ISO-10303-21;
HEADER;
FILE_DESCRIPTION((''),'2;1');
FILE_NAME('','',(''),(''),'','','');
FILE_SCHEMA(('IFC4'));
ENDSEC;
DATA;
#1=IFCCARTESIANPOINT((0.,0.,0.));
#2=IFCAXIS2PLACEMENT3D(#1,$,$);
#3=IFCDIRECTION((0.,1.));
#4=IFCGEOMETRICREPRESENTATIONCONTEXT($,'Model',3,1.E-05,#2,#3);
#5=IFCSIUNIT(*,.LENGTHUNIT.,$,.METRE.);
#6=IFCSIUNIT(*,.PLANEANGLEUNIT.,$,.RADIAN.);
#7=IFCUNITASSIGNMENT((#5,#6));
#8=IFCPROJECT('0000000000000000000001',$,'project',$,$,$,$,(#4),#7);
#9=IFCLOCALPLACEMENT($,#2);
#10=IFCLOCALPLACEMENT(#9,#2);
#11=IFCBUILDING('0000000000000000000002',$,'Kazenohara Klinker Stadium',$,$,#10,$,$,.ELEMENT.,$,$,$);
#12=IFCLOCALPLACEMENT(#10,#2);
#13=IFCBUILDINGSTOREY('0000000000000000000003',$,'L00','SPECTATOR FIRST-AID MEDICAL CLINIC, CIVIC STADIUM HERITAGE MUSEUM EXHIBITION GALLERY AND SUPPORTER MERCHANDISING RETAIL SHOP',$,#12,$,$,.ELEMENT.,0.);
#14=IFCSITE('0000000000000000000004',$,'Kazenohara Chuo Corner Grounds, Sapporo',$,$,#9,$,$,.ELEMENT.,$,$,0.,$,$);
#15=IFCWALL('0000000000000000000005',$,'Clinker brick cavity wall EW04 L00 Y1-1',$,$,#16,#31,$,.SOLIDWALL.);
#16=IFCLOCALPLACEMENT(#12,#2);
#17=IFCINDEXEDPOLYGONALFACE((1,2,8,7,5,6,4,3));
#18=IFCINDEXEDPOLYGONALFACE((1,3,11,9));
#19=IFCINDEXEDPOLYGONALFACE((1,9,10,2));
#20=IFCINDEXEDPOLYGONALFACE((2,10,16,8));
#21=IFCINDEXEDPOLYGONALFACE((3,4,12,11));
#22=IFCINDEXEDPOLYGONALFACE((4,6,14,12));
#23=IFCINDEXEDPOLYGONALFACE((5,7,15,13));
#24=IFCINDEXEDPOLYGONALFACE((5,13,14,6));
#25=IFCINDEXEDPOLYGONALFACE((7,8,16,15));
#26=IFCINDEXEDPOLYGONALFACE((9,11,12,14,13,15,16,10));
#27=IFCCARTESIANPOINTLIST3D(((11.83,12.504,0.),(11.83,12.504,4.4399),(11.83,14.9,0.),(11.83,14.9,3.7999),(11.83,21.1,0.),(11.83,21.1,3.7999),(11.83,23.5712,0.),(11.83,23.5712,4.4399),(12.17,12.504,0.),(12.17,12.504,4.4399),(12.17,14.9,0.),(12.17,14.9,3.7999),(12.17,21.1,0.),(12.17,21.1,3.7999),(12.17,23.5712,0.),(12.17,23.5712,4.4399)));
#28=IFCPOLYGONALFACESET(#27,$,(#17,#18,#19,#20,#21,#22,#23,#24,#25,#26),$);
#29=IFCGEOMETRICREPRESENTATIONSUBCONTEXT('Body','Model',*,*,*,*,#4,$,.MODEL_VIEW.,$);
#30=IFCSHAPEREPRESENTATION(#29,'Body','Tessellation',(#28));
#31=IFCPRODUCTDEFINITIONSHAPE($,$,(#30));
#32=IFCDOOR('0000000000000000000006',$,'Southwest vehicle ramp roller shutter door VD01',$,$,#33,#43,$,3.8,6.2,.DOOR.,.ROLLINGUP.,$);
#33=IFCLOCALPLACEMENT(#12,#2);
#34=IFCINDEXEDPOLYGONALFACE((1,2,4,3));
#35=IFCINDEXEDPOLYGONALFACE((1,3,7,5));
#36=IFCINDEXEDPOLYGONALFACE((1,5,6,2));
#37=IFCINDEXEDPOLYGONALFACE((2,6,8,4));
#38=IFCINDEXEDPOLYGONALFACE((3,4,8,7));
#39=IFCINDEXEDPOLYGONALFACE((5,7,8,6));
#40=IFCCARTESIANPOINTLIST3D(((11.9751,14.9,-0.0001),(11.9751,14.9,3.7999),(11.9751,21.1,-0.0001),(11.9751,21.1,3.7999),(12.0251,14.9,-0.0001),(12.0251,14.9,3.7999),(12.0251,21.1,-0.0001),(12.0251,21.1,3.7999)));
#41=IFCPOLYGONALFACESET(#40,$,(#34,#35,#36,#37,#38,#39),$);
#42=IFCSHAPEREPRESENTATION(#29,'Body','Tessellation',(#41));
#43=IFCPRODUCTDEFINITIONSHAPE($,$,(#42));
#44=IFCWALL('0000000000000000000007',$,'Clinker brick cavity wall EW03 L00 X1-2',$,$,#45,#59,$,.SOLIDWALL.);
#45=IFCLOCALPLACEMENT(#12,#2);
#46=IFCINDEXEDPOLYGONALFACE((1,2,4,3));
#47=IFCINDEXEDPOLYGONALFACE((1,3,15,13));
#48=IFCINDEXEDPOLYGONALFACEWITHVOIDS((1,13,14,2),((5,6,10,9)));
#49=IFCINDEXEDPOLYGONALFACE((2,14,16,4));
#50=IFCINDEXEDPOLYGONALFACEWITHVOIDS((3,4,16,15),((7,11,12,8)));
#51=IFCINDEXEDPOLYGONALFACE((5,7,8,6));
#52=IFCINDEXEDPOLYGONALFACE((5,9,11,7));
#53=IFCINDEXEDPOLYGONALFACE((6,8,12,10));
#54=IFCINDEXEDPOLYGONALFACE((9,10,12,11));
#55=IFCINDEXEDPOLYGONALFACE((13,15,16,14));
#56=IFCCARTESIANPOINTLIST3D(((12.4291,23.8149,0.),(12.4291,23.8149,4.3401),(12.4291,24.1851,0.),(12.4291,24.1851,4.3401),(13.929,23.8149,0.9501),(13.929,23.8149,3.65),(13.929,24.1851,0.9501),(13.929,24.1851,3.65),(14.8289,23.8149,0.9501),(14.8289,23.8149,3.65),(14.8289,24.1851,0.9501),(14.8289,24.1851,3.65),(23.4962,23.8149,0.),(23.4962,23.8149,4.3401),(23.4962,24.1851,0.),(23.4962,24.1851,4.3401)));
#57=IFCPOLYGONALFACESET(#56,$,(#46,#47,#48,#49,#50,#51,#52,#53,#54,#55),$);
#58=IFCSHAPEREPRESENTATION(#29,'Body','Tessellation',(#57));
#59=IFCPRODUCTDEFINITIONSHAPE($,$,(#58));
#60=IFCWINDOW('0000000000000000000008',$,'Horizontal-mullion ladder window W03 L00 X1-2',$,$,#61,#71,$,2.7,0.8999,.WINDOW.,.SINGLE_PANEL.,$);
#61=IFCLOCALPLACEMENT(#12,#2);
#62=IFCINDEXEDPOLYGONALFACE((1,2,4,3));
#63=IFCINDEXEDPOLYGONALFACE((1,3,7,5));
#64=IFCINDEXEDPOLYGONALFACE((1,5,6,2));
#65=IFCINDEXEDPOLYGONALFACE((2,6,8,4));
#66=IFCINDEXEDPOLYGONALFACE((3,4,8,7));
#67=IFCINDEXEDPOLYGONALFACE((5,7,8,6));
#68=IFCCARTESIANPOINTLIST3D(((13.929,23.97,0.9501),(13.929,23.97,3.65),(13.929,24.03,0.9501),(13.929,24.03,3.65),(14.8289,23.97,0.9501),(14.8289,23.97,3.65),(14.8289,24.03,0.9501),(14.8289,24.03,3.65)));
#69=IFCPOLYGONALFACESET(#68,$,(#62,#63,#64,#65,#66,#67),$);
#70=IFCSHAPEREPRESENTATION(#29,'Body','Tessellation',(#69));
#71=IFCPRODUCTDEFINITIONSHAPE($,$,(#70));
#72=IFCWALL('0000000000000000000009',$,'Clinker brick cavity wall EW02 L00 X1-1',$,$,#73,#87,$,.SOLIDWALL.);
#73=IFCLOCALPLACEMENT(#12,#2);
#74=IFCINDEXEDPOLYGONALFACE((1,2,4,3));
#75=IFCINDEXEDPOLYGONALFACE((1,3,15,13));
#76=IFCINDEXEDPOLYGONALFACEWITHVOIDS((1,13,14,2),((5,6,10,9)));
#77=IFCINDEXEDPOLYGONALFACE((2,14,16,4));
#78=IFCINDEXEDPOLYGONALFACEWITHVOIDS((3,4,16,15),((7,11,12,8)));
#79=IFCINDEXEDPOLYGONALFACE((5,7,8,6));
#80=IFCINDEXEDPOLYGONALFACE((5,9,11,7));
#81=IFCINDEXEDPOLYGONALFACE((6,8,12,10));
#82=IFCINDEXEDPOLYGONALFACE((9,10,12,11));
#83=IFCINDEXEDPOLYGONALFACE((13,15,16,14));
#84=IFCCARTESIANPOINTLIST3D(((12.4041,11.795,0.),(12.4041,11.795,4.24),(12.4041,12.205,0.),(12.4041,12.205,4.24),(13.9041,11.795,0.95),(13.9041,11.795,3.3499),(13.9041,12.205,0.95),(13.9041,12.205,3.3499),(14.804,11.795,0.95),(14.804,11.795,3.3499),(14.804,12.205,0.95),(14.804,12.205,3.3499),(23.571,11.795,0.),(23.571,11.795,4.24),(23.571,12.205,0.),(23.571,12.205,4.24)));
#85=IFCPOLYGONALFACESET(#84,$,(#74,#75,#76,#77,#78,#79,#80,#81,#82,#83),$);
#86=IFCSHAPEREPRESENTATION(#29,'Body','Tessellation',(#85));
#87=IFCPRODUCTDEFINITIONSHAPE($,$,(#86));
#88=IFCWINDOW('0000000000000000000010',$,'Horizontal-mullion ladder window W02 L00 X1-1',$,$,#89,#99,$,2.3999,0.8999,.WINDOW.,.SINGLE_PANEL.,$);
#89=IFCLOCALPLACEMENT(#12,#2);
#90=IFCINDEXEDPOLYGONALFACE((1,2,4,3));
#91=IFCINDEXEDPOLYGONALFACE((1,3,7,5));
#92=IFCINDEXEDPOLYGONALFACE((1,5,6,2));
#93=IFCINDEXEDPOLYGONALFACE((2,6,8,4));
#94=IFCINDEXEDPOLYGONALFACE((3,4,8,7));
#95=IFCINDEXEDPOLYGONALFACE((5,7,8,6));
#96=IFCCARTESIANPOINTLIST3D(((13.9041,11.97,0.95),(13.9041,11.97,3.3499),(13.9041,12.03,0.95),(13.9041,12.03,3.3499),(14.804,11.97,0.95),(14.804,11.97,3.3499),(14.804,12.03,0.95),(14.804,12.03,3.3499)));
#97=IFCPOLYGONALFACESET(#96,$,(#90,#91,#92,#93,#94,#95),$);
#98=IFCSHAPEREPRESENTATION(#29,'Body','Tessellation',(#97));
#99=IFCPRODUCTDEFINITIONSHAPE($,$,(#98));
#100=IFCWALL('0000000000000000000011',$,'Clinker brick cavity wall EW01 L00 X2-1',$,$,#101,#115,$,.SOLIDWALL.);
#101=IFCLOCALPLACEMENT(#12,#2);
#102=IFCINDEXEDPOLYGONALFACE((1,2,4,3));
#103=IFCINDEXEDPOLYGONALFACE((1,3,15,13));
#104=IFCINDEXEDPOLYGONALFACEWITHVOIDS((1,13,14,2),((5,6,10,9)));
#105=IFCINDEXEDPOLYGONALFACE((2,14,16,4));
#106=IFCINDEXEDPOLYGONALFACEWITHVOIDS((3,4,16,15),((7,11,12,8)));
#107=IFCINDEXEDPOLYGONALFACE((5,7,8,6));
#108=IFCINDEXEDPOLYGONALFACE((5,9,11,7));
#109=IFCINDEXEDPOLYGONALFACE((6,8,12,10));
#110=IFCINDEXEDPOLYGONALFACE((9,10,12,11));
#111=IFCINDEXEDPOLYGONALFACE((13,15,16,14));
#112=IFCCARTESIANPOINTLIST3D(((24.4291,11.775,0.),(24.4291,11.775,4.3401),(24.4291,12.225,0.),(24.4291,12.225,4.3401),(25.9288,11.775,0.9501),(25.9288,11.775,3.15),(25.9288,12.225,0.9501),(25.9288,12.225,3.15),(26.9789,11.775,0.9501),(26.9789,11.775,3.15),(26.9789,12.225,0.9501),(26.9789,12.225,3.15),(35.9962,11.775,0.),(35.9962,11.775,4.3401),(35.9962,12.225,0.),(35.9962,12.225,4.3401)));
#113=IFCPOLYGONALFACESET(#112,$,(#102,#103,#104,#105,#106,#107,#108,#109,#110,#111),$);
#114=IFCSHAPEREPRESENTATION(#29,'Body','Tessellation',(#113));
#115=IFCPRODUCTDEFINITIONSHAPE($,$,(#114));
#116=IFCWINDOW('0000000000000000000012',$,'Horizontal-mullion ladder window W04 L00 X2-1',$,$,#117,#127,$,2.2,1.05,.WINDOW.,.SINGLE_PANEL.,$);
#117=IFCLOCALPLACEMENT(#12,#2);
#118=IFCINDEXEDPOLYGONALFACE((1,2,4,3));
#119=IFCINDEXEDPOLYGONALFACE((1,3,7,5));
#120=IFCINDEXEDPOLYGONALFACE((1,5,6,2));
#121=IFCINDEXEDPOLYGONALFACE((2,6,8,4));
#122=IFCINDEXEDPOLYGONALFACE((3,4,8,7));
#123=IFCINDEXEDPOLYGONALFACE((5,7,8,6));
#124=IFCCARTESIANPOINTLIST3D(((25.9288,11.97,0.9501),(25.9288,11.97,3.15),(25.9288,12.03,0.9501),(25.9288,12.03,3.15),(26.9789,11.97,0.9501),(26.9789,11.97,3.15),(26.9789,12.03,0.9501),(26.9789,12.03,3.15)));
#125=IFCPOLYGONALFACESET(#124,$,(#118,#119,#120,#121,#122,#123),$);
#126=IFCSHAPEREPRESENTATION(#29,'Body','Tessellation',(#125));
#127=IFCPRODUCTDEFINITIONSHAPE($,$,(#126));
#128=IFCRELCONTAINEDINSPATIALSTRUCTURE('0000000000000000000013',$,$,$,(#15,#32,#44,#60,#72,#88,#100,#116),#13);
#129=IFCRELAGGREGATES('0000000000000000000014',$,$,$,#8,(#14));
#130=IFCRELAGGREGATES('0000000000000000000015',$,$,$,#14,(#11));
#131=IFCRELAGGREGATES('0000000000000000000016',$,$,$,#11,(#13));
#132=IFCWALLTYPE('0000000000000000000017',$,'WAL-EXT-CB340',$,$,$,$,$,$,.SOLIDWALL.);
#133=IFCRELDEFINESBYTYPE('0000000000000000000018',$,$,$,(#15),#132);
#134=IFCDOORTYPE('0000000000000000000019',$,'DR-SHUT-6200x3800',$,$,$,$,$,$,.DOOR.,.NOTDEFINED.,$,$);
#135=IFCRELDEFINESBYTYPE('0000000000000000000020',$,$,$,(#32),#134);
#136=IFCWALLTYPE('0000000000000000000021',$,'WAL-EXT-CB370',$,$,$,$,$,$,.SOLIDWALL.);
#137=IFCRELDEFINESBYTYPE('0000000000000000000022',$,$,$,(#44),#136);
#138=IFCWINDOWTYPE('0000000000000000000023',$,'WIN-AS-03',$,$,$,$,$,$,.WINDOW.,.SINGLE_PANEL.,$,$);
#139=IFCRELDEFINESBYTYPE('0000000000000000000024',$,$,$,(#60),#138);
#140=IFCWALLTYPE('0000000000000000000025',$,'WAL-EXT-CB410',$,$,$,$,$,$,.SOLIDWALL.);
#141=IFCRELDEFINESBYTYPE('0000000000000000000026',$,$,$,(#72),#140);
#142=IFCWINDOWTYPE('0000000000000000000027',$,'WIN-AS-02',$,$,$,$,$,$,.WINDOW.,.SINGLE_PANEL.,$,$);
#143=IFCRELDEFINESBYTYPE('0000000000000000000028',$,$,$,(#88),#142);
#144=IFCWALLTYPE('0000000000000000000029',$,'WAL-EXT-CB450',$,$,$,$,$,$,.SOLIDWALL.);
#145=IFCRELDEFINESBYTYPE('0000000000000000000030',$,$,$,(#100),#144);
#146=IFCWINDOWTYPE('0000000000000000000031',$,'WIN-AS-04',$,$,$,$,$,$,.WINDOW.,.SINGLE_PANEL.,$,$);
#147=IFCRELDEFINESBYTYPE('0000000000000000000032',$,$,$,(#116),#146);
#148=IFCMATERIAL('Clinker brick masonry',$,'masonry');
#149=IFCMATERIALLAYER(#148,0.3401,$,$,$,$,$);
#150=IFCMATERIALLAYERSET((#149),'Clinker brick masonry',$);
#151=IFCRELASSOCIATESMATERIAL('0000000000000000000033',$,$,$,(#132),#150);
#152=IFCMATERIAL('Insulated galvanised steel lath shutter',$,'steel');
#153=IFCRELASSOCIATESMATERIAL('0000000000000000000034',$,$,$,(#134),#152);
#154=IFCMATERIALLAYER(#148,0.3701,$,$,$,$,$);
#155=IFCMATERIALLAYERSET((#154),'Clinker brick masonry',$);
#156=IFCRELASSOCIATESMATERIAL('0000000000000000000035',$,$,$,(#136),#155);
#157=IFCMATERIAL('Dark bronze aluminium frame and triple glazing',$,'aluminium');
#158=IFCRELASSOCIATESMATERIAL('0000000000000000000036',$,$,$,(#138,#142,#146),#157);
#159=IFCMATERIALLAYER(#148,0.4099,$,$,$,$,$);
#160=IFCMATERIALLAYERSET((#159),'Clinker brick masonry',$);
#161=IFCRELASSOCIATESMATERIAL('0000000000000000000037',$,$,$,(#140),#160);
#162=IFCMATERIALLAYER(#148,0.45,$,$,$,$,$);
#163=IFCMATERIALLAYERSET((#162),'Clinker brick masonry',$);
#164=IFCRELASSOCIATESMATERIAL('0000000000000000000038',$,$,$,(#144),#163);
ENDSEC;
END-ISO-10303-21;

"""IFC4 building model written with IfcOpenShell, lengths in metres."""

from ifc_helpers import new_model, si_unit, direction, frame, frame_2d, origin, place, context, subcontext, project, spatial, rectangle, extrude, material, layer, layer_set, type_object, element, fill, save


model = new_model("IFC4")

# Units and contexts
model_context = context("Model", 3, precision=1e-05, world=origin(), true_north=direction((0.0, 1.0)))
body_context = subcontext(model_context, "Body", "Model", "MODEL_VIEW")
ifc_project = project(units=[si_unit("LENGTHUNIT", "METRE"), si_unit("PLANEANGLEUNIT", "RADIAN")], contexts=[model_context])

# Site, building, storey
site_placement = place(None, origin())
site = spatial("IfcSite", under=ifc_project, at=site_placement, Name="Kazenohara Chuo Corner Grounds, Sapporo", CompositionType="ELEMENT", RefElevation=0.0)
building_placement = place(site_placement, origin())
building = spatial("IfcBuilding", under=site, at=building_placement, Name="Kazenohara Klinker Stadium", CompositionType="ELEMENT")
storey_placement = place(building_placement, origin())
storey = spatial("IfcBuildingStorey", under=building, at=storey_placement, Name="L00", Description="SPECTATOR FIRST-AID MEDICAL CLINIC, CIVIC STADIUM HERITAGE MUSEUM EXHIBITION GALLERY AND SUPPORTER MERCHANDISING RETAIL SHOP", CompositionType="ELEMENT", Elevation=0.0)

# Wall, opening, door
ifc_material_1 = material(Name="Clinker brick masonry", Category="masonry")
ifc_layer_1 = layer(ifc_material_1, 0.3401)
ifc_layer_set_1 = layer_set([ifc_layer_1], Name="Clinker brick masonry")
wall_type_1 = type_object("IfcWallType", Name="WAL-EXT-CB340", PredefinedType="SOLIDWALL", material=ifc_layer_set_1)
wall_1_placement = place(storey_placement, frame((12.0, 12.5039, 0.0), z_axis=(0.0, 0.0, 1.0), x_axis=(0.0, 1.0, 0.0)))
wall_1 = element("IfcWall", 1, at=wall_1_placement, inside=storey, type_object=wall_type_1, Name="Clinker brick cavity wall EW04 L00 Y1-1", PredefinedType="SOLIDWALL", context=body_context, shape_type="SweptSolid", body=[
    extrude(rectangle(XDim=11.0671, YDim=0.3401, at=frame_2d((5.5337, 0.0))), origin(), (0.0, 0.0, 1.0), 4.4399),
])
opening_1_placement = place(wall_1_placement, frame((2.396, 0.0, 0.0)))
opening_1 = element("IfcOpeningElement", 2, at=opening_1_placement, cuts=wall_1, PredefinedType="OPENING", context=body_context, shape_type="SweptSolid", body=[
    extrude(rectangle(XDim=6.2, YDim=3.8, at=frame_2d((3.1001, 1.8999))), frame((0.0, 0.1802, 0.0), z_axis=(0.0, -1.0, 0.0), x_axis=(1.0, 0.0, 0.0)), (0.0, 0.0, 1.0), 0.3601),
])
ifc_material_2 = material(Name="Insulated galvanised steel lath shutter", Category="steel")
door_type_1 = type_object("IfcDoorType", Name="DR-SHUT-6200x3800", OperationType="NOTDEFINED", PredefinedType="DOOR", material=ifc_material_2)
door_1_placement = place(opening_1_placement, origin())
door_1 = element("IfcDoor", 3, at=door_1_placement, inside=storey, type_object=door_type_1, Name="Southwest vehicle ramp roller shutter door VD01", OperationType="ROLLINGUP", OverallHeight=3.8, OverallWidth=6.2, PredefinedType="DOOR", context=body_context, shape_type="SweptSolid", body=[
    extrude(rectangle(XDim=6.2, YDim=3.8, at=frame_2d((3.1001, 1.8999))), frame((0.0, 0.0249, 0.0), z_axis=(0.0, -1.0, 0.0), x_axis=(1.0, 0.0, 0.0)), (0.0, 0.0, 1.0), 0.05),
])
fill(opening_1, door_1)

# Walls, openings, windows
ifc_layer_2 = layer(ifc_material_1, 0.3701)
ifc_layer_set_2 = layer_set([ifc_layer_2], Name="Clinker brick masonry")
wall_type_2 = type_object("IfcWallType", Name="WAL-EXT-CB370", PredefinedType="SOLIDWALL", material=ifc_layer_set_2)
wall_2_placement = place(storey_placement, frame((12.429, 24.0, 0.0), z_axis=(0.0, 0.0, 1.0), x_axis=(1.0, 0.0, 0.0)))
wall_2 = element("IfcWall", 4, at=wall_2_placement, inside=storey, type_object=wall_type_2, Name="Clinker brick cavity wall EW03 L00 X1-2", PredefinedType="SOLIDWALL", context=body_context, shape_type="SweptSolid", body=[
    extrude(rectangle(XDim=11.0671, YDim=0.3701, at=frame_2d((5.5337, 0.0))), origin(), (0.0, 0.0, 1.0), 4.3401),
])
opening_2_placement = place(wall_2_placement, frame((1.5, 0.0, 0.95)))
opening_2 = element("IfcOpeningElement", 5, at=opening_2_placement, cuts=wall_2, PredefinedType="OPENING", context=body_context, shape_type="SweptSolid", body=[
    extrude(rectangle(XDim=0.8999, YDim=2.7, at=frame_2d((0.45, 1.3501))), frame((0.0, 0.1951, 0.0), z_axis=(0.0, -1.0, 0.0), x_axis=(1.0, 0.0, 0.0)), (0.0, 0.0, 1.0), 0.3901),
])
ifc_material_3 = material(Name="Dark bronze aluminium frame and triple glazing", Category="aluminium")
window_type_1 = type_object("IfcWindowType", Name="WIN-AS-03", PartitioningType="SINGLE_PANEL", PredefinedType="WINDOW", material=ifc_material_3)
window_1_placement = place(opening_2_placement, origin())
window_1 = element("IfcWindow", 6, at=window_1_placement, inside=storey, type_object=window_type_1, Name="Horizontal-mullion ladder window W03 L00 X1-2", OverallHeight=2.7, OverallWidth=0.8999, PartitioningType="SINGLE_PANEL", PredefinedType="WINDOW", context=body_context, shape_type="SweptSolid", body=[
    extrude(rectangle(XDim=0.8999, YDim=2.7, at=frame_2d((0.45, 1.3501))), frame((0.0, 0.03, 0.0), z_axis=(0.0, -1.0, 0.0), x_axis=(1.0, 0.0, 0.0)), (0.0, 0.0, 1.0), 0.0601),
])
fill(opening_2, window_1)
ifc_layer_3 = layer(ifc_material_1, 0.4099)
ifc_layer_set_3 = layer_set([ifc_layer_3], Name="Clinker brick masonry")
wall_type_3 = type_object("IfcWallType", Name="WAL-EXT-CB410", PredefinedType="SOLIDWALL", material=ifc_layer_set_3)
wall_3_placement = place(storey_placement, frame((12.4041, 12.0, 0.0), z_axis=(0.0, 0.0, 1.0), x_axis=(1.0, 0.0, 0.0)))
wall_3 = element("IfcWall", 7, at=wall_3_placement, inside=storey, type_object=wall_type_3, Name="Clinker brick cavity wall EW02 L00 X1-1", PredefinedType="SOLIDWALL", context=body_context, shape_type="SweptSolid", body=[
    extrude(rectangle(XDim=11.167, YDim=0.4099, at=frame_2d((5.5835, 0.0))), origin(), (0.0, 0.0, 1.0), 4.24),
])
opening_3_placement = place(wall_3_placement, frame((1.5, 0.0, 0.95)))
opening_3 = element("IfcOpeningElement", 8, at=opening_3_placement, cuts=wall_3, PredefinedType="OPENING", context=body_context, shape_type="SweptSolid", body=[
    extrude(rectangle(XDim=0.8999, YDim=2.3999, at=frame_2d((0.45, 1.2))), frame((0.0, 0.2148, 0.0), z_axis=(0.0, -1.0, 0.0), x_axis=(1.0, 0.0, 0.0)), (0.0, 0.0, 1.0), 0.4299),
])
window_type_2 = type_object("IfcWindowType", Name="WIN-AS-02", PartitioningType="SINGLE_PANEL", PredefinedType="WINDOW", material=ifc_material_3)
window_2_placement = place(opening_3_placement, origin())
window_2 = element("IfcWindow", 9, at=window_2_placement, inside=storey, type_object=window_type_2, Name="Horizontal-mullion ladder window W02 L00 X1-1", OverallHeight=2.3999, OverallWidth=0.8999, PartitioningType="SINGLE_PANEL", PredefinedType="WINDOW", context=body_context, shape_type="SweptSolid", body=[
    extrude(rectangle(XDim=0.8999, YDim=2.3999, at=frame_2d((0.45, 1.2))), frame((0.0, 0.03, 0.0), z_axis=(0.0, -1.0, 0.0), x_axis=(1.0, 0.0, 0.0)), (0.0, 0.0, 1.0), 0.0601),
])
fill(opening_3, window_2)

# Wall, opening, window
ifc_layer_4 = layer(ifc_material_1, 0.45)
ifc_layer_set_4 = layer_set([ifc_layer_4], Name="Clinker brick masonry")
wall_type_4 = type_object("IfcWallType", Name="WAL-EXT-CB450", PredefinedType="SOLIDWALL", material=ifc_layer_set_4)
wall_4_placement = place(storey_placement, frame((24.429, 12.0, 0.0), z_axis=(0.0, 0.0, 1.0), x_axis=(1.0, 0.0, 0.0)))
wall_4 = element("IfcWall", 10, at=wall_4_placement, inside=storey, type_object=wall_type_4, Name="Clinker brick cavity wall EW01 L00 X2-1", PredefinedType="SOLIDWALL", context=body_context, shape_type="SweptSolid", body=[
    extrude(rectangle(XDim=11.5671, YDim=0.45, at=frame_2d((5.7837, 0.0))), origin(), (0.0, 0.0, 1.0), 4.3401),
])
opening_4_placement = place(wall_4_placement, frame((1.5, 0.0, 0.95)))
opening_4 = element("IfcOpeningElement", 11, at=opening_4_placement, cuts=wall_4, PredefinedType="OPENING", context=body_context, shape_type="SweptSolid", body=[
    extrude(rectangle(XDim=1.05, YDim=2.2, at=frame_2d((0.5249, 1.1001))), frame((0.0, 0.2349, 0.0), z_axis=(0.0, -1.0, 0.0), x_axis=(1.0, 0.0, 0.0)), (0.0, 0.0, 1.0), 0.47),
])
window_type_3 = type_object("IfcWindowType", Name="WIN-AS-04", PartitioningType="SINGLE_PANEL", PredefinedType="WINDOW", material=ifc_material_3)
window_3_placement = place(opening_4_placement, origin())
window_3 = element("IfcWindow", 12, at=window_3_placement, inside=storey, type_object=window_type_3, Name="Horizontal-mullion ladder window W04 L00 X2-1", OverallHeight=2.2, OverallWidth=1.05, PartitioningType="SINGLE_PANEL", PredefinedType="WINDOW", context=body_context, shape_type="SweptSolid", body=[
    extrude(rectangle(XDim=1.05, YDim=2.2, at=frame_2d((0.5249, 1.1001))), frame((0.0, 0.03, 0.0), z_axis=(0.0, -1.0, 0.0), x_axis=(1.0, 0.0, 0.0)), (0.0, 0.0, 1.0), 0.0601),
])
fill(opening_4, window_3)

save(model, "model.ifc")
